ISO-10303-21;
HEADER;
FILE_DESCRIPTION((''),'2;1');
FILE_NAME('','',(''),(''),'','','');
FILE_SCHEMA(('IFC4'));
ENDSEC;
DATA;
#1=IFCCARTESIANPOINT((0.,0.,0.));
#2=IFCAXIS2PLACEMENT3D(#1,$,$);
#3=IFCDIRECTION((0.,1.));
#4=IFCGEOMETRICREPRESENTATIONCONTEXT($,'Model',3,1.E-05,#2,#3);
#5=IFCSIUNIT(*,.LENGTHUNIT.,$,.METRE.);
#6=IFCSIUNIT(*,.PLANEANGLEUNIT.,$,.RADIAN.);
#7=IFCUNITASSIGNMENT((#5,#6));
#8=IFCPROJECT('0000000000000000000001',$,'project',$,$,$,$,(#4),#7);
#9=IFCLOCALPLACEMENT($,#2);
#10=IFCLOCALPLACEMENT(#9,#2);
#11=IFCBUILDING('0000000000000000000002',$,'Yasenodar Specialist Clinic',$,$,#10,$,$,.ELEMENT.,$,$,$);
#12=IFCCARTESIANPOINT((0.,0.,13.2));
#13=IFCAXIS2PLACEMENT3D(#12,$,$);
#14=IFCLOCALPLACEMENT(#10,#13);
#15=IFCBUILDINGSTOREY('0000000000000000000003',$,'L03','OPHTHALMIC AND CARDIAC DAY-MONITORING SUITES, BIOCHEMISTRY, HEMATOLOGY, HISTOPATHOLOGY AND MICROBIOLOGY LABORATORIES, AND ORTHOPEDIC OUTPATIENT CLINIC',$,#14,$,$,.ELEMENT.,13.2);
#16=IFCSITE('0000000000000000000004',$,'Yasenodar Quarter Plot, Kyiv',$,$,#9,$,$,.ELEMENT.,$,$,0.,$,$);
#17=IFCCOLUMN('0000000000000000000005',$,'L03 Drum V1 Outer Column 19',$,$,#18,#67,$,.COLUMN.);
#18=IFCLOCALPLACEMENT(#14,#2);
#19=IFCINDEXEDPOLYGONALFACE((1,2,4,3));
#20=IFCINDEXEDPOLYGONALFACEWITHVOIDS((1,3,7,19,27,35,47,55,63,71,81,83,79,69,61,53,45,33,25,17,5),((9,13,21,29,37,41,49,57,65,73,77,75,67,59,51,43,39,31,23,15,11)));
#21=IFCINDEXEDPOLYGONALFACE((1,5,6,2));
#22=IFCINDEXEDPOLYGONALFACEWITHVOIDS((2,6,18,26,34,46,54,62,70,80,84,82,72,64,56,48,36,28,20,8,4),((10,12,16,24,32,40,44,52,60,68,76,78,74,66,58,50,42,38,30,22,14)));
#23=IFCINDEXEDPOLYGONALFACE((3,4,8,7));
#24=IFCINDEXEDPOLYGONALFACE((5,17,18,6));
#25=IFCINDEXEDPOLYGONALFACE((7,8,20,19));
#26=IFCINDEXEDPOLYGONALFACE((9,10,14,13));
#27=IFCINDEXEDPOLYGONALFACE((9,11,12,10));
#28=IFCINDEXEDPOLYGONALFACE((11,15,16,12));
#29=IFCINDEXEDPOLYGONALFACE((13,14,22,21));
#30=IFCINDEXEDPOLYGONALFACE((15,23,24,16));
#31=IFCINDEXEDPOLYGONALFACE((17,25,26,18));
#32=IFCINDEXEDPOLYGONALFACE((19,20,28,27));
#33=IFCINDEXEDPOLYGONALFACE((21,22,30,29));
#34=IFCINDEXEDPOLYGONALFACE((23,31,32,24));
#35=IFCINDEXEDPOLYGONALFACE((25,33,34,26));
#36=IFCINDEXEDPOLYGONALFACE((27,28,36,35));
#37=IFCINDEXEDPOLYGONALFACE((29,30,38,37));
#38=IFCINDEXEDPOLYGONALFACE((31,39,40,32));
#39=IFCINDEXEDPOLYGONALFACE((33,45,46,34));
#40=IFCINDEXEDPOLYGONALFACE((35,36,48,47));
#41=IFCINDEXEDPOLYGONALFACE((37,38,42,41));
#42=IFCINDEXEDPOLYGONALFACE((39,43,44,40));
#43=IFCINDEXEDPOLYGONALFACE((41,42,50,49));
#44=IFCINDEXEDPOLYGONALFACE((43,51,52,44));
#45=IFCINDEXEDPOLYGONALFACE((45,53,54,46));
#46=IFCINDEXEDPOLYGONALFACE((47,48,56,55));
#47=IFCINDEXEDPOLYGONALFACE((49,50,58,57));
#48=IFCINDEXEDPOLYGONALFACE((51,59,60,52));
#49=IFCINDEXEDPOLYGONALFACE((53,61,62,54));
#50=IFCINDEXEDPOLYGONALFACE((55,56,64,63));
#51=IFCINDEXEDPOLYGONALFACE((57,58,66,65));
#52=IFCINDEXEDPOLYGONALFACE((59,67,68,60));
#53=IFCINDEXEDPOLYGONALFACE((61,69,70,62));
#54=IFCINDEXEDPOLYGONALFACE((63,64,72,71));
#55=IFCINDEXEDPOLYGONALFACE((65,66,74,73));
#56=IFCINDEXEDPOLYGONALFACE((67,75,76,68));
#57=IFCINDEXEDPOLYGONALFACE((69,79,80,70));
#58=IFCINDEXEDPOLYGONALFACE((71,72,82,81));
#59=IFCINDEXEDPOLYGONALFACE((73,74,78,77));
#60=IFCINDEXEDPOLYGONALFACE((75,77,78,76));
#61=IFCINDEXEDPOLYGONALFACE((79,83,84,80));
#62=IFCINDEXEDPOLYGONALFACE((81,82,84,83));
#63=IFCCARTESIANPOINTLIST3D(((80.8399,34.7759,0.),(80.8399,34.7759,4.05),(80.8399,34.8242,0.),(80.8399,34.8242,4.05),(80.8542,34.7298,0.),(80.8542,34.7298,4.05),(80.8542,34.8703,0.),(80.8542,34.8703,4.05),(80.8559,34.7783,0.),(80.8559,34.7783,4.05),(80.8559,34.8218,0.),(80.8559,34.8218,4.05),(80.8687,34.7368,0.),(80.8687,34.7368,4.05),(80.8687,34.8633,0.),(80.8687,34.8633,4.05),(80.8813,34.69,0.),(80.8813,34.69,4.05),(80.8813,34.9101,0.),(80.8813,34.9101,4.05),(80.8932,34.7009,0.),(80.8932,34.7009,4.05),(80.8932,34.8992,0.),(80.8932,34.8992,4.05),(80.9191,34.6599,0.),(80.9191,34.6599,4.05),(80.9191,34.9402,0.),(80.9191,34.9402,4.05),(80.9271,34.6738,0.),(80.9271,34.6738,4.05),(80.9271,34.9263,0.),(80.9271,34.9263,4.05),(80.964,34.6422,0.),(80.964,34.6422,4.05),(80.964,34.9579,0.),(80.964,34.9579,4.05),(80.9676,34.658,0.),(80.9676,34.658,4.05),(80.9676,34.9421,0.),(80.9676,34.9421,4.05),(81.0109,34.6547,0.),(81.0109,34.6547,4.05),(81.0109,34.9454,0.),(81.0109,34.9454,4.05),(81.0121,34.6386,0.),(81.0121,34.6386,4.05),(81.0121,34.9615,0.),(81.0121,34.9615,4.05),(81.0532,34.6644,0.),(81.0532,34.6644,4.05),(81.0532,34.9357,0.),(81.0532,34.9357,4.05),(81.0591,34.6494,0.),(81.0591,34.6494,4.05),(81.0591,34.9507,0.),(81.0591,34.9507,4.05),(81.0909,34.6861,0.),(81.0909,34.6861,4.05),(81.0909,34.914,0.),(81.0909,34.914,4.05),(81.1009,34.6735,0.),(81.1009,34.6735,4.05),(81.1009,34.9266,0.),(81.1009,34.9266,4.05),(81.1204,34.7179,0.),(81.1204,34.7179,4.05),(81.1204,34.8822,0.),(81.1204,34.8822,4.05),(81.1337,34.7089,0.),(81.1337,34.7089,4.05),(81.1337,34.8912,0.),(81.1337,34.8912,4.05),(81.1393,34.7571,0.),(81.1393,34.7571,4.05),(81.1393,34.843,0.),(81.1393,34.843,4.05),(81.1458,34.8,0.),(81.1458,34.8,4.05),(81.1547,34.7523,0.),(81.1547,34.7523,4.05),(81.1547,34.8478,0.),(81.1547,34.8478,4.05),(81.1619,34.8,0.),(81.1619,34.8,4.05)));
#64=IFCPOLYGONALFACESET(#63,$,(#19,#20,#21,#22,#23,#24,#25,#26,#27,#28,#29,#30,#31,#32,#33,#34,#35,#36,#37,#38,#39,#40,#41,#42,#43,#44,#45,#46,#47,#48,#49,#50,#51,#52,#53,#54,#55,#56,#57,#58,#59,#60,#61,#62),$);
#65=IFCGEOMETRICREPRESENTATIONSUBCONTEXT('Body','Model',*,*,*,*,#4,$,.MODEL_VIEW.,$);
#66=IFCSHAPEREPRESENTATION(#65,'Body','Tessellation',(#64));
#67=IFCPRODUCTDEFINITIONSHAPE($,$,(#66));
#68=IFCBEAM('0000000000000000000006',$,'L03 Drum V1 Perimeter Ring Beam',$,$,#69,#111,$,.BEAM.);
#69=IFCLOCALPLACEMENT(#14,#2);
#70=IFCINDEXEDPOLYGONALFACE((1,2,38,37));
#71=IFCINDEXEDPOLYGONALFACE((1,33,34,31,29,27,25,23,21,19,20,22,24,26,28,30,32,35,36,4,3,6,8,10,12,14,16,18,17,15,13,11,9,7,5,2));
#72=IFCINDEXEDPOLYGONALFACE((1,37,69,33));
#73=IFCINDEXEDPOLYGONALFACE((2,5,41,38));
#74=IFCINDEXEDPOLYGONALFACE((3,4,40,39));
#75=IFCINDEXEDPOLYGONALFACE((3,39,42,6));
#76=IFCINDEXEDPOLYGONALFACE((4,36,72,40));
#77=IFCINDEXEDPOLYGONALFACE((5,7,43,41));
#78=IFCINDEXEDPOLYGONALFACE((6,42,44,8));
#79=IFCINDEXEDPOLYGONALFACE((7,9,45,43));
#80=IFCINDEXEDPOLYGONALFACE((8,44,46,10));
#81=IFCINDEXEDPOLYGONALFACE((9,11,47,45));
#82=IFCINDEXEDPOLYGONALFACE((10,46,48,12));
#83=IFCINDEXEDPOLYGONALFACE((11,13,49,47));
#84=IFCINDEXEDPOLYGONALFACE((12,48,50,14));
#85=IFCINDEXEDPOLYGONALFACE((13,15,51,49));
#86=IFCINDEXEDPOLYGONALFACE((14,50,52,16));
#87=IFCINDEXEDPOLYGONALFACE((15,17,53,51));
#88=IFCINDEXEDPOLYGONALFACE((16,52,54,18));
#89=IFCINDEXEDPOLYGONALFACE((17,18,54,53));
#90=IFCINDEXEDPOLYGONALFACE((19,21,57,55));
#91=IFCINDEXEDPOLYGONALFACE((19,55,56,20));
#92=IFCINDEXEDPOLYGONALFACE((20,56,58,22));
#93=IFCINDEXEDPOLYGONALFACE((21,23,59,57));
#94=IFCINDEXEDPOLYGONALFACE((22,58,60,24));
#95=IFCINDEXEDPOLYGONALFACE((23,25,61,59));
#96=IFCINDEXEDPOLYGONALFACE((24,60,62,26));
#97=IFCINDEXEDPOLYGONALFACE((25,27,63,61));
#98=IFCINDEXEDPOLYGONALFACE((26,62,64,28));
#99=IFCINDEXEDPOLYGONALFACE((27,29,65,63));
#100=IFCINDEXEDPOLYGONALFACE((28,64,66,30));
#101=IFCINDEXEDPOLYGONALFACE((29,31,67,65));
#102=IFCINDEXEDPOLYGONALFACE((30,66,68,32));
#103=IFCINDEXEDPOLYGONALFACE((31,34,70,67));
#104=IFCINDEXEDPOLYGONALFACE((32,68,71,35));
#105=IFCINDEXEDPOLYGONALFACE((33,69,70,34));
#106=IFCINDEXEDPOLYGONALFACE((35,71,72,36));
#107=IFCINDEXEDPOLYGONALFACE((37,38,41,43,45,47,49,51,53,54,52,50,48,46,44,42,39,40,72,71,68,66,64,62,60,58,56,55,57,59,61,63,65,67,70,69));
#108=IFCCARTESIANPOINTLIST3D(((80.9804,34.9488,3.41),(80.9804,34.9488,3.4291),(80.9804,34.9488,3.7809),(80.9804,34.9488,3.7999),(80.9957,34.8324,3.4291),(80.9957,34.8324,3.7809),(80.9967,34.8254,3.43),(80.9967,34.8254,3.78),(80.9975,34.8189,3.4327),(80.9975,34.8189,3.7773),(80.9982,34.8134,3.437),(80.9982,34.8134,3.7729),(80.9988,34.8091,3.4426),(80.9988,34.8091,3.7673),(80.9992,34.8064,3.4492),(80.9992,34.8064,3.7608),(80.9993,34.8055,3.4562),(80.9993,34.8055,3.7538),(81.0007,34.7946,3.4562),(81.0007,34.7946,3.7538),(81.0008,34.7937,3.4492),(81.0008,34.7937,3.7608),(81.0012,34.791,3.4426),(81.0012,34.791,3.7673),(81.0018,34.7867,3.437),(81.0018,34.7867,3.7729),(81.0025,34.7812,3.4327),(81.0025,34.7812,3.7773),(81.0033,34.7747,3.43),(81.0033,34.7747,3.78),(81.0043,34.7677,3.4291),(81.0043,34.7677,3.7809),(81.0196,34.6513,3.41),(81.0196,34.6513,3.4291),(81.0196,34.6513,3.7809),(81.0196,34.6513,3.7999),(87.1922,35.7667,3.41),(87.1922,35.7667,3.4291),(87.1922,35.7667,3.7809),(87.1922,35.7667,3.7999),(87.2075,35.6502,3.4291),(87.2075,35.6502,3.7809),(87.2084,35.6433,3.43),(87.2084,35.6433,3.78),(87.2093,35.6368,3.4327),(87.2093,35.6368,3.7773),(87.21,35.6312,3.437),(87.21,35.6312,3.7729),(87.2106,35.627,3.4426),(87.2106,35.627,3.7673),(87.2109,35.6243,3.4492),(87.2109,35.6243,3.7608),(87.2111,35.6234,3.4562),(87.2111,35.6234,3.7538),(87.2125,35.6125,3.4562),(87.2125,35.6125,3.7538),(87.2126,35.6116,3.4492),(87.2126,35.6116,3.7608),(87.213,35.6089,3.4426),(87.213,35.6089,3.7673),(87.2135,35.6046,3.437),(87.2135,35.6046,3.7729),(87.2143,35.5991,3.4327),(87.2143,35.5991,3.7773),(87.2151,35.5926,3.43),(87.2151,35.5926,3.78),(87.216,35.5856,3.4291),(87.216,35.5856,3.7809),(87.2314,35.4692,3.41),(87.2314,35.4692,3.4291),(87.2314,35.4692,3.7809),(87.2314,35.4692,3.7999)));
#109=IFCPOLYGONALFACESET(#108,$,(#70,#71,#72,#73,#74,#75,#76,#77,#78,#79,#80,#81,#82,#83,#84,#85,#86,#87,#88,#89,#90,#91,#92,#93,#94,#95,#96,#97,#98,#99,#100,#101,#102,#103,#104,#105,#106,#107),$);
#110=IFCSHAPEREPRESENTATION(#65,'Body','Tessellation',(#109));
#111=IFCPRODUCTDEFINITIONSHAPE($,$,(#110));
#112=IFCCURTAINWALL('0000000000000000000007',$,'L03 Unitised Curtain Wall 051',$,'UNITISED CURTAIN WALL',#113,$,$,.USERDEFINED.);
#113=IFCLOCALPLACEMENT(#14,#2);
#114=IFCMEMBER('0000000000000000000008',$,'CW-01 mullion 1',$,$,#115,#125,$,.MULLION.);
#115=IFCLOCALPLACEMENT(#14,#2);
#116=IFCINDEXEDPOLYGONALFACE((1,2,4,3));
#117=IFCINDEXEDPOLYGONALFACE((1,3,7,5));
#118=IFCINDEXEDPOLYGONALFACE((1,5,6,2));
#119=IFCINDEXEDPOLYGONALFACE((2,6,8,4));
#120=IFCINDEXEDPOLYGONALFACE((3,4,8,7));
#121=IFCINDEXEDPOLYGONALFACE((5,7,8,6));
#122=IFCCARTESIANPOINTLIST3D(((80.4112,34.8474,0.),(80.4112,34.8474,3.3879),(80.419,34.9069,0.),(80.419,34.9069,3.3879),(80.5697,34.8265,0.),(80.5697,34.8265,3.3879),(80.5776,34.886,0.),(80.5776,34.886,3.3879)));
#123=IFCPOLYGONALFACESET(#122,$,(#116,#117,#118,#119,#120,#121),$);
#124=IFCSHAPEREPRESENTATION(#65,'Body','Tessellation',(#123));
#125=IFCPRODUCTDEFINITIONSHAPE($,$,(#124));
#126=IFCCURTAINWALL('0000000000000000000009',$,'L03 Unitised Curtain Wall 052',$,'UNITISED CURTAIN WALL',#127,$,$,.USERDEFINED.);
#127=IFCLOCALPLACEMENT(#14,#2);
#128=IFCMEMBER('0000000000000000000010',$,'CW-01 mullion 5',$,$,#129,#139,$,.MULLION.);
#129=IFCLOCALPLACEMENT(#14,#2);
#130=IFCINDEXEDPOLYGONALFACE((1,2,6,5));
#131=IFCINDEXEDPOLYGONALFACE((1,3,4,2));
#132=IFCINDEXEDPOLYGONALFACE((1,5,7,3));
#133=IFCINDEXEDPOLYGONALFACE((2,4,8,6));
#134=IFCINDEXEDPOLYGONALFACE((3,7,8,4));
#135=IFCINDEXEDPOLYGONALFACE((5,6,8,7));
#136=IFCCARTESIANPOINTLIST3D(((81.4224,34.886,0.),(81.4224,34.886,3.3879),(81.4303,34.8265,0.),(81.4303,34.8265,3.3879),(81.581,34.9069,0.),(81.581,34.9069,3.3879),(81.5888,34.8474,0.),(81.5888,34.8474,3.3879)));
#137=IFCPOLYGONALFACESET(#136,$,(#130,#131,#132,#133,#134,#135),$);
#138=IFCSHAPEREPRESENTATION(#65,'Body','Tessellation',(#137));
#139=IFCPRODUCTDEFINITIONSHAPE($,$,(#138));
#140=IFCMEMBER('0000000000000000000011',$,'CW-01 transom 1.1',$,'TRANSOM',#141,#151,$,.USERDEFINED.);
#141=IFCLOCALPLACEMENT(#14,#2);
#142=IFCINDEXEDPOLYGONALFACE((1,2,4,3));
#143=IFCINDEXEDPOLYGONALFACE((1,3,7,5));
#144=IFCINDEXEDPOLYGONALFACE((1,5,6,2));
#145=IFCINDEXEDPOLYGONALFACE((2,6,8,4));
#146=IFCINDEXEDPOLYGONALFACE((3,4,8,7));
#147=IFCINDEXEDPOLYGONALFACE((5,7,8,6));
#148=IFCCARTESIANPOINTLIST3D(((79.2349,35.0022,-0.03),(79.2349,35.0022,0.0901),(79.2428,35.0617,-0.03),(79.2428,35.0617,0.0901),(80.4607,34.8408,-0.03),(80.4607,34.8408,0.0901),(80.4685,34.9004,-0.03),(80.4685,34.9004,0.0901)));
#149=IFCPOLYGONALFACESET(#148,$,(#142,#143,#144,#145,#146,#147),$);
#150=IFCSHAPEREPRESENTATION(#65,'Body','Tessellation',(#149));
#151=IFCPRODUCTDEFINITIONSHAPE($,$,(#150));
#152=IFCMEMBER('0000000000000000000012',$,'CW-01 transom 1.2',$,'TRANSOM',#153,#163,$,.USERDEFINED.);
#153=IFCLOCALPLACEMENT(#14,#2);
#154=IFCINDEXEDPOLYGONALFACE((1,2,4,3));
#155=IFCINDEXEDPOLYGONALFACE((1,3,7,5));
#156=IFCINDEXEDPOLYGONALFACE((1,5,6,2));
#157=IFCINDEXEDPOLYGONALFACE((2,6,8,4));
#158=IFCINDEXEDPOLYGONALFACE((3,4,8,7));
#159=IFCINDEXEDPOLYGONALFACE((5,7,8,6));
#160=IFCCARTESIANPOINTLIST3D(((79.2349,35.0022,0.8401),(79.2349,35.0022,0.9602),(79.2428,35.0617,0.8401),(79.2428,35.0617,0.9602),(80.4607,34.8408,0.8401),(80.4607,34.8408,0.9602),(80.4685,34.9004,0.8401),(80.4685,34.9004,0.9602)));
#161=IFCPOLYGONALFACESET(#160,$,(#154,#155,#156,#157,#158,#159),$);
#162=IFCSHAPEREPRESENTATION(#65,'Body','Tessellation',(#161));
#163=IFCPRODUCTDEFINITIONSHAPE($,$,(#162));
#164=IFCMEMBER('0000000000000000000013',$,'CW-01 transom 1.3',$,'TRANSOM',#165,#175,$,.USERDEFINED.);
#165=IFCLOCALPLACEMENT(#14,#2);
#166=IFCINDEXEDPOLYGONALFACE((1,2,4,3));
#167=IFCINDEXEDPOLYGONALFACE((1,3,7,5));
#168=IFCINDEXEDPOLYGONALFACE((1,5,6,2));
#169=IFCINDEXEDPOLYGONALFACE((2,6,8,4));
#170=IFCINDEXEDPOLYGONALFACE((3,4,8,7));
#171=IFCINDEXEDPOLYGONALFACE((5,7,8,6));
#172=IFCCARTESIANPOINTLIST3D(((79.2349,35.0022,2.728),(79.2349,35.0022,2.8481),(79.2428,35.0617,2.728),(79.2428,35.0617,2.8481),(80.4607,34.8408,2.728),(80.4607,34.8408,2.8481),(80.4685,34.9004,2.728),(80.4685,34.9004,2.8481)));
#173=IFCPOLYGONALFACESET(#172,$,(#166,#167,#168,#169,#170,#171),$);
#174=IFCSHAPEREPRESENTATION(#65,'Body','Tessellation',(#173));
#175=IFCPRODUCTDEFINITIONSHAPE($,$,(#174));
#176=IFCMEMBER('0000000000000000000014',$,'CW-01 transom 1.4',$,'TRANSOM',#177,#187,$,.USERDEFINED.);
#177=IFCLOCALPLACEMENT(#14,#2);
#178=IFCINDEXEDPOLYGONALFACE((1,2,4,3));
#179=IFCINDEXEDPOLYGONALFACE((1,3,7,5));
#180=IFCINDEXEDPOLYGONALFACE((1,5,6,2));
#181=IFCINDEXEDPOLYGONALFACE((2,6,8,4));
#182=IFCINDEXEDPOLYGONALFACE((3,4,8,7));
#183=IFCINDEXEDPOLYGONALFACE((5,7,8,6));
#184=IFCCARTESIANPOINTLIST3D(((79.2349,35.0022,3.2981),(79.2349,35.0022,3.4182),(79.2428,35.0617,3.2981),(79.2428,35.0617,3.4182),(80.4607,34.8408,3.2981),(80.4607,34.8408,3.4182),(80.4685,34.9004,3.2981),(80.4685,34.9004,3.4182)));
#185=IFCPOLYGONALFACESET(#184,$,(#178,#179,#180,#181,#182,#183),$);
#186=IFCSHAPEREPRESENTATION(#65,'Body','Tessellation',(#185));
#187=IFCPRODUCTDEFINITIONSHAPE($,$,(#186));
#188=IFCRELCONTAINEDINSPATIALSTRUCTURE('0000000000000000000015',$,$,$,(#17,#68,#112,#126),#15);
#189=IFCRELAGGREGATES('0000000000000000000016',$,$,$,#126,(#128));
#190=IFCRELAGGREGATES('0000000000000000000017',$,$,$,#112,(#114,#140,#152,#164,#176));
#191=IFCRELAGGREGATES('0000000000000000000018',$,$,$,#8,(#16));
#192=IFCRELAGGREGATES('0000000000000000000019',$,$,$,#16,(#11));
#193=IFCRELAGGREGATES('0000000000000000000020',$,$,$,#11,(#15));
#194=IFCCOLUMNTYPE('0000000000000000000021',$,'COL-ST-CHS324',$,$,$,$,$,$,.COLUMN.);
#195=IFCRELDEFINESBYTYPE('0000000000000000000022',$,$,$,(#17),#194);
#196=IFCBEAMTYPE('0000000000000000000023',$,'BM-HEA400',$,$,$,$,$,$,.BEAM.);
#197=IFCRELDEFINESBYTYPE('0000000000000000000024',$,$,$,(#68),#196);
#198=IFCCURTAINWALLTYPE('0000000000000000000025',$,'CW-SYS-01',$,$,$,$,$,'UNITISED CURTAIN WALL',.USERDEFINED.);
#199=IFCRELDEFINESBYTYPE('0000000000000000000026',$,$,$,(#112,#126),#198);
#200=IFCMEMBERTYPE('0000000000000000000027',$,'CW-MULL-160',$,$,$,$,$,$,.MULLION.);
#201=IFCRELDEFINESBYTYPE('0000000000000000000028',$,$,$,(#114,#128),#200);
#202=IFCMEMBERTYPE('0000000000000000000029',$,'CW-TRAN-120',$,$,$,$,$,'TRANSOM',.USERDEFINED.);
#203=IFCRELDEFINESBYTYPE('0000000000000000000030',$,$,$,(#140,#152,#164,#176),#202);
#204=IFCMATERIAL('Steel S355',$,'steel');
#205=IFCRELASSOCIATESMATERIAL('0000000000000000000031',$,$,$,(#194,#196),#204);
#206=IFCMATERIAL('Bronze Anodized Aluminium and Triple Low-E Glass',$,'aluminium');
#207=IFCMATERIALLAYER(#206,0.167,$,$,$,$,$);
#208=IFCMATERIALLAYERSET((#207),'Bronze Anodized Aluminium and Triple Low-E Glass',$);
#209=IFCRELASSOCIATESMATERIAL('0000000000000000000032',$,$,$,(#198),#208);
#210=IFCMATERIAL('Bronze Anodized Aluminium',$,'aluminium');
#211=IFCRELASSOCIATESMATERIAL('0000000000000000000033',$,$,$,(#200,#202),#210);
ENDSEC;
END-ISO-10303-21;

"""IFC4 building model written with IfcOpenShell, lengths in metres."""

from ifc_helpers import new_model, si_unit, direction, frame, origin, origin_2d, place, context, subcontext, project, spatial, rectangle, hollow_circle, i_section, extrude, material, layer, layer_set, material_profile, profile_set, type_object, element, aggregate, save


model = new_model("IFC4")

# Units and contexts
model_context = context("Model", 3, precision=1e-05, world=origin(), true_north=direction((0.0, 1.0)))
body_context = subcontext(model_context, "Body", "Model", "MODEL_VIEW")
ifc_project = project(units=[si_unit("LENGTHUNIT", "METRE"), si_unit("PLANEANGLEUNIT", "RADIAN")], contexts=[model_context])

# Site, building, storey
site_placement = place(None, origin())
site = spatial("IfcSite", under=ifc_project, at=site_placement, Name="Yasenodar Quarter Plot, Kyiv", CompositionType="ELEMENT", RefElevation=0.0)
building_placement = place(site_placement, origin())
building = spatial("IfcBuilding", under=site, at=building_placement, Name="Yasenodar Specialist Clinic", CompositionType="ELEMENT")
storey_placement = place(building_placement, frame((0.0, 0.0, 13.2)))
storey = spatial("IfcBuildingStorey", under=building, at=storey_placement, Name="L03", Description="OPHTHALMIC AND CARDIAC DAY-MONITORING SUITES, BIOCHEMISTRY, HEMATOLOGY, HISTOPATHOLOGY AND MICROBIOLOGY LABORATORIES, AND ORTHOPEDIC OUTPATIENT CLINIC", CompositionType="ELEMENT", Elevation=13.2)

# Column
ifc_material_1 = material(Name="Steel S355", Category="steel")
ifc_material_profile_1 = material_profile(ifc_material_1, hollow_circle(Radius=0.1619, WallThickness=0.0161, at=origin_2d()), Name="CHS 323.9x16")
ifc_profile_set_1 = profile_set([ifc_material_profile_1], Name="Steel S355")
column_type = type_object("IfcColumnType", Name="COL-ST-CHS324", PredefinedType="COLUMN", material=ifc_profile_set_1)
column_placement = place(storey_placement, frame((81.0, 34.8, 0.0), z_axis=(0.0, 0.0, 1.0), x_axis=(1.0, 0.0, 0.0)))
element("IfcColumn", 1, at=column_placement, inside=storey, type_object=column_type, Name="L03 Drum V1 Outer Column 19", PredefinedType="COLUMN", context=body_context, shape_type="SweptSolid", body=[
    extrude(hollow_circle(Radius=0.1619, WallThickness=0.0161, at=origin_2d()), origin(), (0.0, 0.0, 1.0), 4.05),
])

# Beam
ifc_material_profile_2 = material_profile(ifc_material_1, i_section(OverallWidth=0.3, OverallDepth=0.3899, WebThickness=0.011, FlangeThickness=0.019, FilletRadius=0.0271, at=origin_2d()), Name="HEA 400")
ifc_profile_set_2 = profile_set([ifc_material_profile_2], Name="Steel S355")
beam_type = type_object("IfcBeamType", Name="BM-HEA400", PredefinedType="BEAM", material=ifc_profile_set_2)
beam_placement = place(storey_placement, frame((81.0, 34.8, 3.605), z_axis=(0.991443, 0.13054, 0.0), x_axis=(-0.13054, 0.991443, 0.0)))
element("IfcBeam", 2, at=beam_placement, inside=storey, type_object=beam_type, Name="L03 Drum V1 Perimeter Ring Beam", PredefinedType="BEAM", context=body_context, shape_type="SweptSolid", body=[
    extrude(i_section(OverallWidth=0.3, OverallDepth=0.3899, WebThickness=0.011, FlangeThickness=0.019, FilletRadius=0.0271, at=origin_2d()), origin(), (0.0, 0.0, 1.0), 6.2654),
])

# Curtain walls, members
ifc_material_2 = material(Name="Bronze Anodized Aluminium and Triple Low-E Glass", Category="aluminium")
ifc_layer_1 = layer(ifc_material_2, 0.167)
ifc_layer_set_1 = layer_set([ifc_layer_1], Name="Bronze Anodized Aluminium and Triple Low-E Glass")
curtain_wall_type = type_object("IfcCurtainWallType", Name="CW-SYS-01", ElementType="UNITISED CURTAIN WALL", PredefinedType="USERDEFINED", material=ifc_layer_set_1)
curtain_wall_1_placement = place(storey_placement, origin())
curtain_wall_1 = element("IfcCurtainWall", 3, at=curtain_wall_1_placement, inside=storey, type_object=curtain_wall_type, Name="L03 Unitised Curtain Wall 051", ObjectType="UNITISED CURTAIN WALL", PredefinedType="USERDEFINED")
ifc_material_3 = material(Name="Bronze Anodized Aluminium", Category="aluminium")
ifc_material_profile_3 = material_profile(ifc_material_3, rectangle(XDim=0.0601, YDim=0.1599, at=origin_2d()), Name="CW-MULL 60x160")
ifc_profile_set_3 = profile_set([ifc_material_profile_3], Name="Bronze Anodized Aluminium")
member_type_1 = type_object("IfcMemberType", Name="CW-MULL-160", PredefinedType="MULLION", material=ifc_profile_set_3)
member_1_placement = place(storey_placement, frame((80.4944, 34.8667, 0.0), z_axis=(0.0, 0.0, 1.0), x_axis=(-0.130512, -0.991447, 0.0)))
member_1 = element("IfcMember", 4, at=member_1_placement, type_object=member_type_1, Name="CW-01 mullion 1", PredefinedType="MULLION", context=body_context, shape_type="SweptSolid", body=[
    extrude(rectangle(XDim=0.0601, YDim=0.1599, at=origin_2d()), origin(), (0.0, 0.0, 1.0), 3.3879),
])
curtain_wall_2_placement = place(storey_placement, origin())
curtain_wall_2 = element("IfcCurtainWall", 5, at=curtain_wall_2_placement, inside=storey, type_object=curtain_wall_type, Name="L03 Unitised Curtain Wall 052", ObjectType="UNITISED CURTAIN WALL", PredefinedType="USERDEFINED")
member_2_placement = place(storey_placement, frame((81.5056, 34.8667, 0.0), z_axis=(0.0, 0.0, 1.0), x_axis=(0.130512, -0.991447, 0.0)))
member_2 = element("IfcMember", 6, at=member_2_placement, type_object=member_type_1, Name="CW-01 mullion 5", PredefinedType="MULLION", context=body_context, shape_type="SweptSolid", body=[
    extrude(rectangle(XDim=0.0601, YDim=0.1599, at=origin_2d()), origin(), (0.0, 0.0, 1.0), 3.3879),
])

# Members
ifc_material_profile_4 = material_profile(ifc_material_3, rectangle(XDim=0.0601, YDim=0.1201, at=origin_2d()), Name="CW-TRAN 60x120")
ifc_profile_set_4 = profile_set([ifc_material_profile_4], Name="Bronze Anodized Aluminium")
member_type_2 = type_object("IfcMemberType", Name="CW-TRAN-120", ElementType="TRANSOM", PredefinedType="USERDEFINED", material=ifc_profile_set_4)
member_3_placement = place(storey_placement, frame((80.4646, 34.8706, 0.03), z_axis=(-0.991446, 0.130521, 0.0), x_axis=(-0.130521, -0.991446, 0.0)))
member_3 = element("IfcMember", 7, at=member_3_placement, type_object=member_type_2, Name="CW-01 transom 1.1", ObjectType="TRANSOM", PredefinedType="USERDEFINED", context=body_context, shape_type="SweptSolid", body=[
    extrude(rectangle(XDim=0.0601, YDim=0.1201, at=origin_2d()), origin(), (0.0, 0.0, 1.0), 1.2363),
])
member_4_placement = place(storey_placement, frame((80.4646, 34.8706, 0.9001), z_axis=(-0.991446, 0.130521, 0.0), x_axis=(-0.130521, -0.991446, 0.0)))
member_4 = element("IfcMember", 8, at=member_4_placement, type_object=member_type_2, Name="CW-01 transom 1.2", ObjectType="TRANSOM", PredefinedType="USERDEFINED", context=body_context, shape_type="SweptSolid", body=[
    extrude(rectangle(XDim=0.0601, YDim=0.1201, at=origin_2d()), origin(), (0.0, 0.0, 1.0), 1.2363),
])
member_5_placement = place(storey_placement, frame((80.4646, 34.8706, 2.7881), z_axis=(-0.991446, 0.130521, 0.0), x_axis=(-0.130521, -0.991446, 0.0)))
member_5 = element("IfcMember", 9, at=member_5_placement, type_object=member_type_2, Name="CW-01 transom 1.3", ObjectType="TRANSOM", PredefinedType="USERDEFINED", context=body_context, shape_type="SweptSolid", body=[
    extrude(rectangle(XDim=0.0601, YDim=0.1201, at=origin_2d()), origin(), (0.0, 0.0, 1.0), 1.2363),
])
member_6_placement = place(storey_placement, frame((80.4646, 34.8706, 3.3582), z_axis=(-0.991446, 0.130521, 0.0), x_axis=(-0.130521, -0.991446, 0.0)))
member_6 = element("IfcMember", 10, at=member_6_placement, type_object=member_type_2, Name="CW-01 transom 1.4", ObjectType="TRANSOM", PredefinedType="USERDEFINED", context=body_context, shape_type="SweptSolid", body=[
    extrude(rectangle(XDim=0.0601, YDim=0.1201, at=origin_2d()), origin(), (0.0, 0.0, 1.0), 1.2363),
])

aggregate(curtain_wall_2, [member_2])
aggregate(curtain_wall_1, [member_1, member_3, member_4, member_5, member_6])

save(model, "model.ifc")
